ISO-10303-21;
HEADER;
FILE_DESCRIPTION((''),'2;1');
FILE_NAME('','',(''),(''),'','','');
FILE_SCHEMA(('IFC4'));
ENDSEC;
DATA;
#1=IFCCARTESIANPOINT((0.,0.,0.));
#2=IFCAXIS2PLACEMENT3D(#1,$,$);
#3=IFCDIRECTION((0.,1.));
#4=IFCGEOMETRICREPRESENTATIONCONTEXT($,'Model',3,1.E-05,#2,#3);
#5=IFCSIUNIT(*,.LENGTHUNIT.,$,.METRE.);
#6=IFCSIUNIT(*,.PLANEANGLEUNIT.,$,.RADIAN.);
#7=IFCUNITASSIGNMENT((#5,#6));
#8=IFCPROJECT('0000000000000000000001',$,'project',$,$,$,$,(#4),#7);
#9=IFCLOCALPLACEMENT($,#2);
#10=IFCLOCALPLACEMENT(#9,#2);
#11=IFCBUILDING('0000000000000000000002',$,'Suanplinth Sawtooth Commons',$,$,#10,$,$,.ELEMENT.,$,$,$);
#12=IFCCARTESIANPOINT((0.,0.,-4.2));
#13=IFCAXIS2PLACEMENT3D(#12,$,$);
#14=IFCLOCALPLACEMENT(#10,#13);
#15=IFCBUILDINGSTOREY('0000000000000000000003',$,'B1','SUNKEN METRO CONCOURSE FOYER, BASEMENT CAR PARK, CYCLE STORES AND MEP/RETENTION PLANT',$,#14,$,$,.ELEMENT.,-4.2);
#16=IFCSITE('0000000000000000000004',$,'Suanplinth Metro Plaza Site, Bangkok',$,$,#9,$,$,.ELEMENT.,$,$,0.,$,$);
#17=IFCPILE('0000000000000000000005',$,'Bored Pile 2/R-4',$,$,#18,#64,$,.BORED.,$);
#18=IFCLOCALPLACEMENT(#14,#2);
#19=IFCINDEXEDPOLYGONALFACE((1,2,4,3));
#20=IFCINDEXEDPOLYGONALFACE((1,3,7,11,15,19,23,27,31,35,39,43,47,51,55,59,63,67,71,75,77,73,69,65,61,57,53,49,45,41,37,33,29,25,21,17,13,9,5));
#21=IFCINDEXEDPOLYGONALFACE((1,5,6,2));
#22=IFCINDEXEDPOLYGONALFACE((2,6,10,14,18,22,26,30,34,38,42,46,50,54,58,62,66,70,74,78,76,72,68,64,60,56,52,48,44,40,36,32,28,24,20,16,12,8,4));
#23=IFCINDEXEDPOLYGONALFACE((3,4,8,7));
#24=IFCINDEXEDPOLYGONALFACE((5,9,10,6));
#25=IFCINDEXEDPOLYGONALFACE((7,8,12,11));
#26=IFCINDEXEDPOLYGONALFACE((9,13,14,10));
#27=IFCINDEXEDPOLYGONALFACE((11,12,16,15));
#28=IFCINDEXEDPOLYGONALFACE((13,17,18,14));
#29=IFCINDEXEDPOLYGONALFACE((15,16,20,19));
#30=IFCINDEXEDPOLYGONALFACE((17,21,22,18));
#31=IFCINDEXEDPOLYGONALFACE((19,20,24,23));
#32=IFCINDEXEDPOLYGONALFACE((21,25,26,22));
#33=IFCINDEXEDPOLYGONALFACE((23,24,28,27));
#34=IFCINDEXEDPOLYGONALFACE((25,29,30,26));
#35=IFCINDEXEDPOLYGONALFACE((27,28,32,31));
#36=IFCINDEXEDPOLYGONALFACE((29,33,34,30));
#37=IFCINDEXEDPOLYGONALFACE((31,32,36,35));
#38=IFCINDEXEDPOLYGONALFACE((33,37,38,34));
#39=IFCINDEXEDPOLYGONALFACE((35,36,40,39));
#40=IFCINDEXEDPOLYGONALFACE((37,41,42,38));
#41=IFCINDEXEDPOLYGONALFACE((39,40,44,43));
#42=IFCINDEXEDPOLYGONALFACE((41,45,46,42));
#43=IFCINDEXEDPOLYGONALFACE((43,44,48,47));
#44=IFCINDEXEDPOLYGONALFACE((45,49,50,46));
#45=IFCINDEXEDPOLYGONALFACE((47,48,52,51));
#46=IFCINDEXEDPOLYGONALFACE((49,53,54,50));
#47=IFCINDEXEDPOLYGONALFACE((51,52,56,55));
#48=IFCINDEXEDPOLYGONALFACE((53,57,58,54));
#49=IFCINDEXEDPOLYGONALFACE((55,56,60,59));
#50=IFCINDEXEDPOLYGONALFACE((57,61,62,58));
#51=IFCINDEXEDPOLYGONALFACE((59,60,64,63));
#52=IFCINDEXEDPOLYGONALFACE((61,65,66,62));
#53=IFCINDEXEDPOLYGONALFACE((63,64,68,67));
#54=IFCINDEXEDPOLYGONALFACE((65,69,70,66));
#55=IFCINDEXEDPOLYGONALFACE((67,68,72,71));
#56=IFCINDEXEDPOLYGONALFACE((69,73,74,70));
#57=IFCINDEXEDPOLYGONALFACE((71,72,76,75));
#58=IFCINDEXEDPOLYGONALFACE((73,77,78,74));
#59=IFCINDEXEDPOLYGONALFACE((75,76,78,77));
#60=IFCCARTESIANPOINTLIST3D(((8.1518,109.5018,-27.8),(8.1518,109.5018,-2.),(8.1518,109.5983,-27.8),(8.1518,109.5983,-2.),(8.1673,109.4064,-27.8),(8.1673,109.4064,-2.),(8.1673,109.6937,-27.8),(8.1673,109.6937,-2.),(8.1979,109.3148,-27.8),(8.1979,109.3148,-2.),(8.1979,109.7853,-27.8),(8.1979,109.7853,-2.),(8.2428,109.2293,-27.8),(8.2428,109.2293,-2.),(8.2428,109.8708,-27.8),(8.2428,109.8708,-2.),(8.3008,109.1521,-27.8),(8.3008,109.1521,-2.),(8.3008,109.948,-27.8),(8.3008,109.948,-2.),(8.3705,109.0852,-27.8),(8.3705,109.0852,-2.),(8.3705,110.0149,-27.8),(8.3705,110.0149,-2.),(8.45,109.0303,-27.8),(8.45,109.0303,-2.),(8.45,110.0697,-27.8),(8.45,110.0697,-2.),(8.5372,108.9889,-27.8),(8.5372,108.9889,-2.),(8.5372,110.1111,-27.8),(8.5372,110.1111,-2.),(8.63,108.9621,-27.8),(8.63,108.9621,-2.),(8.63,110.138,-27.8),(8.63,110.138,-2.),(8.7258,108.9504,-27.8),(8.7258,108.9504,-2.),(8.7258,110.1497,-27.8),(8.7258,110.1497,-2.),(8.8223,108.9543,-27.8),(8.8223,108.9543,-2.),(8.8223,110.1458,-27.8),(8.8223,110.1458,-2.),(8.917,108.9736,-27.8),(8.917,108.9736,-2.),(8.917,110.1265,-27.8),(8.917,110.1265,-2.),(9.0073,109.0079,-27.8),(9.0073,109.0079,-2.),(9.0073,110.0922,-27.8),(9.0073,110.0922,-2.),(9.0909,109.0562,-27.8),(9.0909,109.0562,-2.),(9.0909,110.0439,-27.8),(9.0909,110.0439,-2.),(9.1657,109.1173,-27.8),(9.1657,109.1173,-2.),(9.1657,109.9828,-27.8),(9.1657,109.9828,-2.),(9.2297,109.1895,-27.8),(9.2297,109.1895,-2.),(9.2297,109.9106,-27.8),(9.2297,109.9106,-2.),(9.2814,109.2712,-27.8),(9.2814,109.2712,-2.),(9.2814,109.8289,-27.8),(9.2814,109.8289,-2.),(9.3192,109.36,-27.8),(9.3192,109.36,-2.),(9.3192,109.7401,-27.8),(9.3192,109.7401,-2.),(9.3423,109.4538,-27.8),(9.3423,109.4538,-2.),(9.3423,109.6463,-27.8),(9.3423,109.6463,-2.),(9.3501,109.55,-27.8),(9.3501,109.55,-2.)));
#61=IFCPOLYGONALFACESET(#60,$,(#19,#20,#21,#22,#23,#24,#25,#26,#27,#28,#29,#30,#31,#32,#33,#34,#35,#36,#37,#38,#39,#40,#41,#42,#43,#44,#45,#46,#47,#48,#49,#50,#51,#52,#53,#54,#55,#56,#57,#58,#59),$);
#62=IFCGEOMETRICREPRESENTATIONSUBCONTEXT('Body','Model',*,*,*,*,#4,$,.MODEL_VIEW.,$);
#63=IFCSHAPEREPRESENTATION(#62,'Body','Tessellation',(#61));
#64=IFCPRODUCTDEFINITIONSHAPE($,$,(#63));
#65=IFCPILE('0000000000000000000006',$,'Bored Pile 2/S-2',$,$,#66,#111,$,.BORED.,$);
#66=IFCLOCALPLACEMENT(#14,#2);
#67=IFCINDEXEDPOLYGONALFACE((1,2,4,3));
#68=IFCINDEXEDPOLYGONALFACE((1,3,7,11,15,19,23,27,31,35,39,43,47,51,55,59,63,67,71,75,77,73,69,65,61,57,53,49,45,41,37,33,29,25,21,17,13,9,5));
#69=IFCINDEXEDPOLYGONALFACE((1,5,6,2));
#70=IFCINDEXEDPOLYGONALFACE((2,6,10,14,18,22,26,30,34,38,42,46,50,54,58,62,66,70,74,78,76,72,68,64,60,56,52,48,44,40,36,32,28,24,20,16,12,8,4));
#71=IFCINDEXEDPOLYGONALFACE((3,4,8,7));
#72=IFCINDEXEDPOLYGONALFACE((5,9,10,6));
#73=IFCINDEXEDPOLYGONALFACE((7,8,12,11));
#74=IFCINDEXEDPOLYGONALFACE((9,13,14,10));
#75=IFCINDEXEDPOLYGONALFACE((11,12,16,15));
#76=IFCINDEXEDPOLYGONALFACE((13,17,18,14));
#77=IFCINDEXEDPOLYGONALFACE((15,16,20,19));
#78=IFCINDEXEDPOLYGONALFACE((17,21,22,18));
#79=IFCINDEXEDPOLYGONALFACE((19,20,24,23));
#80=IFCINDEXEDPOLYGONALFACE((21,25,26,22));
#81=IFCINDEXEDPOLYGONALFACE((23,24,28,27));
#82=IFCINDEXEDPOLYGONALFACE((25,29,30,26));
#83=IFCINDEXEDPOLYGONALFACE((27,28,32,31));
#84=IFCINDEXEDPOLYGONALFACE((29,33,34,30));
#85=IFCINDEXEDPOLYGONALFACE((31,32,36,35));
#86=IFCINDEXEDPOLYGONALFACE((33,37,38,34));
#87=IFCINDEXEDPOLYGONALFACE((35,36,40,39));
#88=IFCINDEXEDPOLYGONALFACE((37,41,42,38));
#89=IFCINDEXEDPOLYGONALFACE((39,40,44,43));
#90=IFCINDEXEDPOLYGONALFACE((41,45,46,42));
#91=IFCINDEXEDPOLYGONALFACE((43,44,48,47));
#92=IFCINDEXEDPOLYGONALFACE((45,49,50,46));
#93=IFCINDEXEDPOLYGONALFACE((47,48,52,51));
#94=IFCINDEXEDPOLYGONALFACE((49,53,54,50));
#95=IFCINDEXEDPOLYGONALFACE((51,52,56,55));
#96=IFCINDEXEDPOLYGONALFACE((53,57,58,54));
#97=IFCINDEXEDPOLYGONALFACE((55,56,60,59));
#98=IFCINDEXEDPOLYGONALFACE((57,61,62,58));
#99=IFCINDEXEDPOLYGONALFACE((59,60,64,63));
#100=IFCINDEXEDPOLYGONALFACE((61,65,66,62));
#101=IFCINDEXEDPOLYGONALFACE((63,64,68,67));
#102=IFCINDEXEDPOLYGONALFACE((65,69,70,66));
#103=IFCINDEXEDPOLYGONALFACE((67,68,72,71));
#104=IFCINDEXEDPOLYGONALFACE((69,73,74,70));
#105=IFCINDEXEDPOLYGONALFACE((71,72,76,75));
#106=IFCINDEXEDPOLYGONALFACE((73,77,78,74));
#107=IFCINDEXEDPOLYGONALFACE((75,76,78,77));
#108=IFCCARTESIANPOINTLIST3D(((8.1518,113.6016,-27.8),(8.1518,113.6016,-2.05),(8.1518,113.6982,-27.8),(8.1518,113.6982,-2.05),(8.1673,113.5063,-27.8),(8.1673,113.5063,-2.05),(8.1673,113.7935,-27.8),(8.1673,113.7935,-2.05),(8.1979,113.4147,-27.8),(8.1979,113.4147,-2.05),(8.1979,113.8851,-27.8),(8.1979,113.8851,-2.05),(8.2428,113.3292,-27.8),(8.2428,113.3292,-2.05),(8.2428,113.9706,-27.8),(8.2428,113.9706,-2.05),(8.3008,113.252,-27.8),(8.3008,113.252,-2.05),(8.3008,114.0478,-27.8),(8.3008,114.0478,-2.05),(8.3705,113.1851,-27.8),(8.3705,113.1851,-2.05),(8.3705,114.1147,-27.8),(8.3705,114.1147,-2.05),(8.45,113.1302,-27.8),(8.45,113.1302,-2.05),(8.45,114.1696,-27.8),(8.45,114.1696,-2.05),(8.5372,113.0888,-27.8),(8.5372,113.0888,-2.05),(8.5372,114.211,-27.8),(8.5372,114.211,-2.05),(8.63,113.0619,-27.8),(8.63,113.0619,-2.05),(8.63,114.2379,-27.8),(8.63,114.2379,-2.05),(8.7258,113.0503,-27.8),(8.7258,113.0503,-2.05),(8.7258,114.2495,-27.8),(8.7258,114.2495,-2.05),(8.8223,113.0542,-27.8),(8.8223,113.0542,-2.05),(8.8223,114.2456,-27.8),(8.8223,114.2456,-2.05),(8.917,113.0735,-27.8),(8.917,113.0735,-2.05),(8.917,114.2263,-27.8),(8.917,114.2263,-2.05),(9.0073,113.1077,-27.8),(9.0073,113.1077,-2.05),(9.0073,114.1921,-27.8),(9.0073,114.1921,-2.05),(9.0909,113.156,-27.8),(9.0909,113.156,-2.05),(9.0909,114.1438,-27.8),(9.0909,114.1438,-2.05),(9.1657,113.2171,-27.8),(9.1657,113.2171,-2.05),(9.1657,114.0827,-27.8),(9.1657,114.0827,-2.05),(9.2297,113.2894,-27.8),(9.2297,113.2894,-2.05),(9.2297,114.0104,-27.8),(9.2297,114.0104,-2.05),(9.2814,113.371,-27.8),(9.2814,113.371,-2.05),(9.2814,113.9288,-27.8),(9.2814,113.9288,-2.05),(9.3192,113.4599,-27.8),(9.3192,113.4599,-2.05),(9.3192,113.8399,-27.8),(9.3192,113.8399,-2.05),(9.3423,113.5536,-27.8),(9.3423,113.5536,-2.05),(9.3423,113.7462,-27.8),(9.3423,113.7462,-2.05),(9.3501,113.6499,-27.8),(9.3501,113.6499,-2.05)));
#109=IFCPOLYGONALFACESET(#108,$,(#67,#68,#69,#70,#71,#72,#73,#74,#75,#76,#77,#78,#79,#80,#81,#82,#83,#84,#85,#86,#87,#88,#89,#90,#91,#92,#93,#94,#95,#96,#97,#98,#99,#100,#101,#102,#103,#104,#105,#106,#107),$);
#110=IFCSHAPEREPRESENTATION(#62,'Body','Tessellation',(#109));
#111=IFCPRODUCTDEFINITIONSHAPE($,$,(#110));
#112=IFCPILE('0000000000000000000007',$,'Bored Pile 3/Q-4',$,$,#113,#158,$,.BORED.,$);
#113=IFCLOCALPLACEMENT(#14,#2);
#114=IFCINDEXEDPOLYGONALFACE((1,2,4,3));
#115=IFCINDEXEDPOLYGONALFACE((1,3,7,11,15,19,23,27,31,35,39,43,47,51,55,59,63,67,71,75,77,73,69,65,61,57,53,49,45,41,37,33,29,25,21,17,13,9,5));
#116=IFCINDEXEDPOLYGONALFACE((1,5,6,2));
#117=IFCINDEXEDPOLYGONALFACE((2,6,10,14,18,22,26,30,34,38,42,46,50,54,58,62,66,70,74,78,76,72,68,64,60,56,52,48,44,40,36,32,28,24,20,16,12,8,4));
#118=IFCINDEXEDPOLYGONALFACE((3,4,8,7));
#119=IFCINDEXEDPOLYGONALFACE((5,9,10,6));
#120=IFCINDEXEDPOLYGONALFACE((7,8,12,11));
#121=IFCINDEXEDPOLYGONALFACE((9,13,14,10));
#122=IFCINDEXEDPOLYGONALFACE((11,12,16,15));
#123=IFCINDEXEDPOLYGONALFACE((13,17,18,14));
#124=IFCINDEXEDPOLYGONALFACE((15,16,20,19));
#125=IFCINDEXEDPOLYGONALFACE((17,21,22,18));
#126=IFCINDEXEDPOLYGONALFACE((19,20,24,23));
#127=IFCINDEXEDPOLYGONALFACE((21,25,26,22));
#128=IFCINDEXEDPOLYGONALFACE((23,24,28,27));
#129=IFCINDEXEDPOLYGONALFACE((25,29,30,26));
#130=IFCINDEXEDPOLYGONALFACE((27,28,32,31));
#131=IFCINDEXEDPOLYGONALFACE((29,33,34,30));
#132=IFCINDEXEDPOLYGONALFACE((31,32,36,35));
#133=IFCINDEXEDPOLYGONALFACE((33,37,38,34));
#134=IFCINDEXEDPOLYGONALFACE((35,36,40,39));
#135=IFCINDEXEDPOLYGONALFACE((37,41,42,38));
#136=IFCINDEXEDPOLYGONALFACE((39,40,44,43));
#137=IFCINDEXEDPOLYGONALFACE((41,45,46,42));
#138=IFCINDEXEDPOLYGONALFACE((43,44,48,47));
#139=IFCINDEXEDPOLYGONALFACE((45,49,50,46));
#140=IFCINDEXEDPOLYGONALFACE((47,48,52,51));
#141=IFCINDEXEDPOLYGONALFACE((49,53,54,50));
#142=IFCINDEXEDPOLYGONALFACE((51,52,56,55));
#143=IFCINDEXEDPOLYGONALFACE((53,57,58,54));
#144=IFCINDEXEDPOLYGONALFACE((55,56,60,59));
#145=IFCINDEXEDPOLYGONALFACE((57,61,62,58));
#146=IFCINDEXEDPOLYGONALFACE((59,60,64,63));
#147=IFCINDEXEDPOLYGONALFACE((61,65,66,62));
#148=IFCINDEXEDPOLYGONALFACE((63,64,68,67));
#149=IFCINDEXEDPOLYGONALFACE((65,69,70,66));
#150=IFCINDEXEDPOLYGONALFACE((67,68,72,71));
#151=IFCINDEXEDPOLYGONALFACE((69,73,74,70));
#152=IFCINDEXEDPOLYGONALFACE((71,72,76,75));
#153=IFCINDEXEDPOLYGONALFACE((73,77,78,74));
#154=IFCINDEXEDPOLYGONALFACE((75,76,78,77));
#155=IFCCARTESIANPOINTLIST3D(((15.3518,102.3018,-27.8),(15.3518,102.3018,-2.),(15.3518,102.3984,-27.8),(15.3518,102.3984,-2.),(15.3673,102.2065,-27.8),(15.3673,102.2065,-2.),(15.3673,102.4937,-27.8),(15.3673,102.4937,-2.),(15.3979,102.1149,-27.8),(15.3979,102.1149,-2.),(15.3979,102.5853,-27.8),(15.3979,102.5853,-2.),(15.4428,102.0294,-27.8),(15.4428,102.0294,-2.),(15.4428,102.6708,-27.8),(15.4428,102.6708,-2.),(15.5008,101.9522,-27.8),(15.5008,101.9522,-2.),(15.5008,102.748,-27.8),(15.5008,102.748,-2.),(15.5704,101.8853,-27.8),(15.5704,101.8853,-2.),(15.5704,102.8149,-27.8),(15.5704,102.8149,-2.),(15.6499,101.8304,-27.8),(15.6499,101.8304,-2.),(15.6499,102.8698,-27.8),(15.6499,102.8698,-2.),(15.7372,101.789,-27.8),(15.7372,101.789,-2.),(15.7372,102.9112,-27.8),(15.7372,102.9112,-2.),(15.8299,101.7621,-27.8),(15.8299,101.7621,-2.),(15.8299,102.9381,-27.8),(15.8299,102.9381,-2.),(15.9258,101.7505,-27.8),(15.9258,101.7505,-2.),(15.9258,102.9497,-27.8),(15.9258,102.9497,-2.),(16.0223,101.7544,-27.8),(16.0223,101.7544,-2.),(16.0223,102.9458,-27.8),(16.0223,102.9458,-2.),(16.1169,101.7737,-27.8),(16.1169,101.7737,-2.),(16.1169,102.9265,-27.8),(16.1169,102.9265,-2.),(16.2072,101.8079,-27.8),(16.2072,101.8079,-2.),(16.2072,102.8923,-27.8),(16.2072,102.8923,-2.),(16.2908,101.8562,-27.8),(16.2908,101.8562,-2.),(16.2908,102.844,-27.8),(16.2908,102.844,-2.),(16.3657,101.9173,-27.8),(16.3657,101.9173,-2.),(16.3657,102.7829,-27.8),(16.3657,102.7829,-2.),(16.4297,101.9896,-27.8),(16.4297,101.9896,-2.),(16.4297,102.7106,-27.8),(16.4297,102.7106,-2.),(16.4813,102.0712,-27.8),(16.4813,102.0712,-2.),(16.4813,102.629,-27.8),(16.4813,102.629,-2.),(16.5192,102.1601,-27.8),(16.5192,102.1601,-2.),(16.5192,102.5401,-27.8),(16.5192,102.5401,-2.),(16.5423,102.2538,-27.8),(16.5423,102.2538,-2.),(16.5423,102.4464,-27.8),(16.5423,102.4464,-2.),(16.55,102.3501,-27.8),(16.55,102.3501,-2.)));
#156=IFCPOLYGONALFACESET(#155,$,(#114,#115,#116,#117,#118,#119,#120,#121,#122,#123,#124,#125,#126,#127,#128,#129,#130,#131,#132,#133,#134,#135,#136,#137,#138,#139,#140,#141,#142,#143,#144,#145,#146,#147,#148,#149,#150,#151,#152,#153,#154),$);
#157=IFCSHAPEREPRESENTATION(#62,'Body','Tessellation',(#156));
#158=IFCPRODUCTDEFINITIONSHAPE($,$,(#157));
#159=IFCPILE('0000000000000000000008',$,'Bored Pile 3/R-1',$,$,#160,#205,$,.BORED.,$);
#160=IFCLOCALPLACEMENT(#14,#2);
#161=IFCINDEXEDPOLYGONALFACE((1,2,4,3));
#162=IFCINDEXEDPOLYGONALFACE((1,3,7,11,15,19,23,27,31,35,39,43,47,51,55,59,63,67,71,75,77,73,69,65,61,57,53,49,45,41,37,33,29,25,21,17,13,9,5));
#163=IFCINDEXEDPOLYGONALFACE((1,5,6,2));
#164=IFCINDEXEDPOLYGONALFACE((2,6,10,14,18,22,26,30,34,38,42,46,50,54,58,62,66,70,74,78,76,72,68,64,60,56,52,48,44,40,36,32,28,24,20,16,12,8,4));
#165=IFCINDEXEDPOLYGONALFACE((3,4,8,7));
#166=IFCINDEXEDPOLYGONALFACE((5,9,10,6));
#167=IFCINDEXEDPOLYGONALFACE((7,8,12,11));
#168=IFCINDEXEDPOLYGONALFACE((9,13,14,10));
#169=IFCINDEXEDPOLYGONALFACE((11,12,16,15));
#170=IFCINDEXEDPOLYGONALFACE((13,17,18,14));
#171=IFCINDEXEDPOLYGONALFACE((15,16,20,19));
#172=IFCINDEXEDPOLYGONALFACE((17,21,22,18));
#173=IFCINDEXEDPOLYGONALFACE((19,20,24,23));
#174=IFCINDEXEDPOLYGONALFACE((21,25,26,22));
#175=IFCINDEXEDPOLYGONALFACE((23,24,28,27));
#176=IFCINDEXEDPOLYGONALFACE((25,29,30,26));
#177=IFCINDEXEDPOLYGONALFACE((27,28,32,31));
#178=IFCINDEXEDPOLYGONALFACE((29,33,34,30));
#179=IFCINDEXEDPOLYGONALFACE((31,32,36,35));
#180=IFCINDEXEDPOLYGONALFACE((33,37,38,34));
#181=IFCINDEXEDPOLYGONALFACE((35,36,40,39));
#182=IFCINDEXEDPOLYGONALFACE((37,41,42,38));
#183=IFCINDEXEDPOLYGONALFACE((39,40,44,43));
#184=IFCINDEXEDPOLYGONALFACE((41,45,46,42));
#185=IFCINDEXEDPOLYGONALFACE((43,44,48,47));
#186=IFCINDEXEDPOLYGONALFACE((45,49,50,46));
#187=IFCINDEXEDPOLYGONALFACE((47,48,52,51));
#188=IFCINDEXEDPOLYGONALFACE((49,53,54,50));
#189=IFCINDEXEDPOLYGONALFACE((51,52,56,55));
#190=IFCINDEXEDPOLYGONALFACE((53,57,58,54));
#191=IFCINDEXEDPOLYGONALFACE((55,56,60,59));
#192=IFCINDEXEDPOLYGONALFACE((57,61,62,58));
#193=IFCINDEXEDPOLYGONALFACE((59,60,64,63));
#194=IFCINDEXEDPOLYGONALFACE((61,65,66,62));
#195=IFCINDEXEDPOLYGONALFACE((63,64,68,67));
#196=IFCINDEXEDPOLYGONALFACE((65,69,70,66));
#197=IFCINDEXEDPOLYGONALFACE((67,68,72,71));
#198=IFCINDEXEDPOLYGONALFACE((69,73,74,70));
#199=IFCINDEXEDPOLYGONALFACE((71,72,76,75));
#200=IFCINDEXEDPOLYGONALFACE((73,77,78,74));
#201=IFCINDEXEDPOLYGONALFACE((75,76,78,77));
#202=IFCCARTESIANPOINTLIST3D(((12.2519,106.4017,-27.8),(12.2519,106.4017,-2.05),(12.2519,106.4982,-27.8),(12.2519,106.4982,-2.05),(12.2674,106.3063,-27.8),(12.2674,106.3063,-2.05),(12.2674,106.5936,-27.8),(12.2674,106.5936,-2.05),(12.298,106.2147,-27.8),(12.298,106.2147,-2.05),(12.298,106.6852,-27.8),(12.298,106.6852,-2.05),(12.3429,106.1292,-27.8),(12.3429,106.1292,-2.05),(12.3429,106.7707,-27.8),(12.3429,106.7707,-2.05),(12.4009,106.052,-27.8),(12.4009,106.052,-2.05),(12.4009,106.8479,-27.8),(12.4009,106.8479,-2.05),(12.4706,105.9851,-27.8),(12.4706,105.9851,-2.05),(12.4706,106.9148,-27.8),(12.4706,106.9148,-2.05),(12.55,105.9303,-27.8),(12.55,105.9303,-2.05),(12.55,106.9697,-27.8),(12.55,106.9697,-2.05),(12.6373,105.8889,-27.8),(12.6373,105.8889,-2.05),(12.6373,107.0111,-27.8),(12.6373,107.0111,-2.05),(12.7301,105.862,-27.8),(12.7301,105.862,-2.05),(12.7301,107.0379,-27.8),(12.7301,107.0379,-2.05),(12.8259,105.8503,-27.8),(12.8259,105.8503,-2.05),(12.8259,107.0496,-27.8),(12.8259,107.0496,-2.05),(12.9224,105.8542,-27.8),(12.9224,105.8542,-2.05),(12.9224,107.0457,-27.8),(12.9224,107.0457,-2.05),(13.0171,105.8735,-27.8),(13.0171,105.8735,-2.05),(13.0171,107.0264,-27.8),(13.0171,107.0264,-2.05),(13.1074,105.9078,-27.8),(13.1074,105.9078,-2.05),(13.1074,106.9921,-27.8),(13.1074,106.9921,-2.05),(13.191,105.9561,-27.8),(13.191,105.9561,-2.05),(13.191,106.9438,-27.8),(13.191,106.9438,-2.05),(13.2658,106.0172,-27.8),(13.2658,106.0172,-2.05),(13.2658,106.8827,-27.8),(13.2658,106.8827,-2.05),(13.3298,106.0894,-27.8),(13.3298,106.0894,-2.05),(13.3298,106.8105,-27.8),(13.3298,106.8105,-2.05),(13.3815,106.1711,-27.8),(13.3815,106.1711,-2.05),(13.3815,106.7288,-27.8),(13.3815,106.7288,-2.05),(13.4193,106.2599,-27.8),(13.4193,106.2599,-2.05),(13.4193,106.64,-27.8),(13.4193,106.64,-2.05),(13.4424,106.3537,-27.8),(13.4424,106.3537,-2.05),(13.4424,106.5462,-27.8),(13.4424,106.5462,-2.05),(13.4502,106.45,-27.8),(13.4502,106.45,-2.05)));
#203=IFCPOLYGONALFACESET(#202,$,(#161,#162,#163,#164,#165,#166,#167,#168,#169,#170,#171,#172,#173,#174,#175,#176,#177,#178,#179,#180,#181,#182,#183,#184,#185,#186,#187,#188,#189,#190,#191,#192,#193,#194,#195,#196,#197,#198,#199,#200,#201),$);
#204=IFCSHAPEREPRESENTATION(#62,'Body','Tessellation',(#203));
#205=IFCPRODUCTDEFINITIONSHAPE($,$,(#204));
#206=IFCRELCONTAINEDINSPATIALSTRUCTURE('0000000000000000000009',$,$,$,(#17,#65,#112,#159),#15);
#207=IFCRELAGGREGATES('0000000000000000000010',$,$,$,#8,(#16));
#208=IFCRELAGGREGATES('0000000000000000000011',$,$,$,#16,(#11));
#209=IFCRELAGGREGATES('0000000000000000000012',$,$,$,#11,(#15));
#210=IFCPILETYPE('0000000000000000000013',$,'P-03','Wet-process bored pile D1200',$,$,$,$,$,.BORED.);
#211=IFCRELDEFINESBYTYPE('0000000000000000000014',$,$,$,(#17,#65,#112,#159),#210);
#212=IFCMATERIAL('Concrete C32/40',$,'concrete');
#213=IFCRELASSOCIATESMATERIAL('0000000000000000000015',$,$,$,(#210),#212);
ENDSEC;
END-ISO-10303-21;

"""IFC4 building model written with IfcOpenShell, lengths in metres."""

from ifc_helpers import new_model, si_unit, direction, frame, origin, origin_2d, place, context, subcontext, project, spatial, circle, extrude, material, material_profile, profile_set, type_object, element, save


model = new_model("IFC4")

# Units and contexts
model_context = context("Model", 3, precision=1e-05, world=origin(), true_north=direction((0.0, 1.0)))
body_context = subcontext(model_context, "Body", "Model", "MODEL_VIEW")
ifc_project = project(units=[si_unit("LENGTHUNIT", "METRE"), si_unit("PLANEANGLEUNIT", "RADIAN")], contexts=[model_context])

# Site, building, storey
site_placement = place(None, origin())
site = spatial("IfcSite", under=ifc_project, at=site_placement, Name="Suanplinth Metro Plaza Site, Bangkok", CompositionType="ELEMENT", RefElevation=0.0)
building_placement = place(site_placement, origin())
building = spatial("IfcBuilding", under=site, at=building_placement, Name="Suanplinth Sawtooth Commons", CompositionType="ELEMENT")
storey_placement = place(building_placement, frame((0.0, 0.0, -4.2)))
storey = spatial("IfcBuildingStorey", under=building, at=storey_placement, Name="B1", Description="SUNKEN METRO CONCOURSE FOYER, BASEMENT CAR PARK, CYCLE STORES AND MEP/RETENTION PLANT", CompositionType="ELEMENT", Elevation=-4.2)

# Piles
ifc_material_1 = material(Name="Concrete C32/40", Category="concrete")
ifc_material_profile_1 = material_profile(ifc_material_1, circle(Radius=0.6001, at=origin_2d()), Name="PILE D1200")
ifc_profile_set_1 = profile_set([ifc_material_profile_1], Name="Concrete C32/40")
pile_type = type_object("IfcPileType", Name="P-03", Description="Wet-process bored pile D1200", PredefinedType="BORED", material=ifc_profile_set_1)
for number, where, z_axis, x_axis, name in (
    (1, (8.75, 109.55, -2.0), (0.0, 0.0, -1.0), (1.0, 0.0, 0.0), "Bored Pile 2/R-4"),
):
    element("IfcPile", number, at=place(storey_placement, frame(where, z_axis=z_axis, x_axis=x_axis)), inside=storey, type_object=pile_type, Name=name, PredefinedType="BORED", context=body_context, shape_type="SweptSolid", body=[
        extrude(circle(Radius=0.6001, at=origin_2d()), origin(), (0.0, 0.0, 1.0), 25.8),
    ])
pile_1_placement = place(storey_placement, frame((8.75, 113.6499, -2.05), z_axis=(0.0, 0.0, -1.0), x_axis=(1.0, 0.0, 0.0)))
element("IfcPile", 2, at=pile_1_placement, inside=storey, type_object=pile_type, Name="Bored Pile 2/S-2", PredefinedType="BORED", context=body_context, shape_type="SweptSolid", body=[
    extrude(circle(Radius=0.6001, at=origin_2d()), origin(), (0.0, 0.0, 1.0), 25.75),
])
pile_2_placement = place(storey_placement, frame((15.95, 102.3501, -2.0), z_axis=(0.0, 0.0, -1.0), x_axis=(1.0, 0.0, 0.0)))
element("IfcPile", 3, at=pile_2_placement, inside=storey, type_object=pile_type, Name="Bored Pile 3/Q-4", PredefinedType="BORED", context=body_context, shape_type="SweptSolid", body=[
    extrude(circle(Radius=0.6001, at=origin_2d()), origin(), (0.0, 0.0, 1.0), 25.8),
])
for number, where, z_axis, x_axis, name in (
    (4, (12.8501, 106.45, -2.05), (0.0, 0.0, -1.0), (1.0, 0.0, 0.0), "Bored Pile 3/R-1"),
):
    element("IfcPile", number, at=place(storey_placement, frame(where, z_axis=z_axis, x_axis=x_axis)), inside=storey, type_object=pile_type, Name=name, PredefinedType="BORED", context=body_context, shape_type="SweptSolid", body=[
        extrude(circle(Radius=0.6001, at=origin_2d()), origin(), (0.0, 0.0, 1.0), 25.75),
    ])

save(model, "model.ifc")
